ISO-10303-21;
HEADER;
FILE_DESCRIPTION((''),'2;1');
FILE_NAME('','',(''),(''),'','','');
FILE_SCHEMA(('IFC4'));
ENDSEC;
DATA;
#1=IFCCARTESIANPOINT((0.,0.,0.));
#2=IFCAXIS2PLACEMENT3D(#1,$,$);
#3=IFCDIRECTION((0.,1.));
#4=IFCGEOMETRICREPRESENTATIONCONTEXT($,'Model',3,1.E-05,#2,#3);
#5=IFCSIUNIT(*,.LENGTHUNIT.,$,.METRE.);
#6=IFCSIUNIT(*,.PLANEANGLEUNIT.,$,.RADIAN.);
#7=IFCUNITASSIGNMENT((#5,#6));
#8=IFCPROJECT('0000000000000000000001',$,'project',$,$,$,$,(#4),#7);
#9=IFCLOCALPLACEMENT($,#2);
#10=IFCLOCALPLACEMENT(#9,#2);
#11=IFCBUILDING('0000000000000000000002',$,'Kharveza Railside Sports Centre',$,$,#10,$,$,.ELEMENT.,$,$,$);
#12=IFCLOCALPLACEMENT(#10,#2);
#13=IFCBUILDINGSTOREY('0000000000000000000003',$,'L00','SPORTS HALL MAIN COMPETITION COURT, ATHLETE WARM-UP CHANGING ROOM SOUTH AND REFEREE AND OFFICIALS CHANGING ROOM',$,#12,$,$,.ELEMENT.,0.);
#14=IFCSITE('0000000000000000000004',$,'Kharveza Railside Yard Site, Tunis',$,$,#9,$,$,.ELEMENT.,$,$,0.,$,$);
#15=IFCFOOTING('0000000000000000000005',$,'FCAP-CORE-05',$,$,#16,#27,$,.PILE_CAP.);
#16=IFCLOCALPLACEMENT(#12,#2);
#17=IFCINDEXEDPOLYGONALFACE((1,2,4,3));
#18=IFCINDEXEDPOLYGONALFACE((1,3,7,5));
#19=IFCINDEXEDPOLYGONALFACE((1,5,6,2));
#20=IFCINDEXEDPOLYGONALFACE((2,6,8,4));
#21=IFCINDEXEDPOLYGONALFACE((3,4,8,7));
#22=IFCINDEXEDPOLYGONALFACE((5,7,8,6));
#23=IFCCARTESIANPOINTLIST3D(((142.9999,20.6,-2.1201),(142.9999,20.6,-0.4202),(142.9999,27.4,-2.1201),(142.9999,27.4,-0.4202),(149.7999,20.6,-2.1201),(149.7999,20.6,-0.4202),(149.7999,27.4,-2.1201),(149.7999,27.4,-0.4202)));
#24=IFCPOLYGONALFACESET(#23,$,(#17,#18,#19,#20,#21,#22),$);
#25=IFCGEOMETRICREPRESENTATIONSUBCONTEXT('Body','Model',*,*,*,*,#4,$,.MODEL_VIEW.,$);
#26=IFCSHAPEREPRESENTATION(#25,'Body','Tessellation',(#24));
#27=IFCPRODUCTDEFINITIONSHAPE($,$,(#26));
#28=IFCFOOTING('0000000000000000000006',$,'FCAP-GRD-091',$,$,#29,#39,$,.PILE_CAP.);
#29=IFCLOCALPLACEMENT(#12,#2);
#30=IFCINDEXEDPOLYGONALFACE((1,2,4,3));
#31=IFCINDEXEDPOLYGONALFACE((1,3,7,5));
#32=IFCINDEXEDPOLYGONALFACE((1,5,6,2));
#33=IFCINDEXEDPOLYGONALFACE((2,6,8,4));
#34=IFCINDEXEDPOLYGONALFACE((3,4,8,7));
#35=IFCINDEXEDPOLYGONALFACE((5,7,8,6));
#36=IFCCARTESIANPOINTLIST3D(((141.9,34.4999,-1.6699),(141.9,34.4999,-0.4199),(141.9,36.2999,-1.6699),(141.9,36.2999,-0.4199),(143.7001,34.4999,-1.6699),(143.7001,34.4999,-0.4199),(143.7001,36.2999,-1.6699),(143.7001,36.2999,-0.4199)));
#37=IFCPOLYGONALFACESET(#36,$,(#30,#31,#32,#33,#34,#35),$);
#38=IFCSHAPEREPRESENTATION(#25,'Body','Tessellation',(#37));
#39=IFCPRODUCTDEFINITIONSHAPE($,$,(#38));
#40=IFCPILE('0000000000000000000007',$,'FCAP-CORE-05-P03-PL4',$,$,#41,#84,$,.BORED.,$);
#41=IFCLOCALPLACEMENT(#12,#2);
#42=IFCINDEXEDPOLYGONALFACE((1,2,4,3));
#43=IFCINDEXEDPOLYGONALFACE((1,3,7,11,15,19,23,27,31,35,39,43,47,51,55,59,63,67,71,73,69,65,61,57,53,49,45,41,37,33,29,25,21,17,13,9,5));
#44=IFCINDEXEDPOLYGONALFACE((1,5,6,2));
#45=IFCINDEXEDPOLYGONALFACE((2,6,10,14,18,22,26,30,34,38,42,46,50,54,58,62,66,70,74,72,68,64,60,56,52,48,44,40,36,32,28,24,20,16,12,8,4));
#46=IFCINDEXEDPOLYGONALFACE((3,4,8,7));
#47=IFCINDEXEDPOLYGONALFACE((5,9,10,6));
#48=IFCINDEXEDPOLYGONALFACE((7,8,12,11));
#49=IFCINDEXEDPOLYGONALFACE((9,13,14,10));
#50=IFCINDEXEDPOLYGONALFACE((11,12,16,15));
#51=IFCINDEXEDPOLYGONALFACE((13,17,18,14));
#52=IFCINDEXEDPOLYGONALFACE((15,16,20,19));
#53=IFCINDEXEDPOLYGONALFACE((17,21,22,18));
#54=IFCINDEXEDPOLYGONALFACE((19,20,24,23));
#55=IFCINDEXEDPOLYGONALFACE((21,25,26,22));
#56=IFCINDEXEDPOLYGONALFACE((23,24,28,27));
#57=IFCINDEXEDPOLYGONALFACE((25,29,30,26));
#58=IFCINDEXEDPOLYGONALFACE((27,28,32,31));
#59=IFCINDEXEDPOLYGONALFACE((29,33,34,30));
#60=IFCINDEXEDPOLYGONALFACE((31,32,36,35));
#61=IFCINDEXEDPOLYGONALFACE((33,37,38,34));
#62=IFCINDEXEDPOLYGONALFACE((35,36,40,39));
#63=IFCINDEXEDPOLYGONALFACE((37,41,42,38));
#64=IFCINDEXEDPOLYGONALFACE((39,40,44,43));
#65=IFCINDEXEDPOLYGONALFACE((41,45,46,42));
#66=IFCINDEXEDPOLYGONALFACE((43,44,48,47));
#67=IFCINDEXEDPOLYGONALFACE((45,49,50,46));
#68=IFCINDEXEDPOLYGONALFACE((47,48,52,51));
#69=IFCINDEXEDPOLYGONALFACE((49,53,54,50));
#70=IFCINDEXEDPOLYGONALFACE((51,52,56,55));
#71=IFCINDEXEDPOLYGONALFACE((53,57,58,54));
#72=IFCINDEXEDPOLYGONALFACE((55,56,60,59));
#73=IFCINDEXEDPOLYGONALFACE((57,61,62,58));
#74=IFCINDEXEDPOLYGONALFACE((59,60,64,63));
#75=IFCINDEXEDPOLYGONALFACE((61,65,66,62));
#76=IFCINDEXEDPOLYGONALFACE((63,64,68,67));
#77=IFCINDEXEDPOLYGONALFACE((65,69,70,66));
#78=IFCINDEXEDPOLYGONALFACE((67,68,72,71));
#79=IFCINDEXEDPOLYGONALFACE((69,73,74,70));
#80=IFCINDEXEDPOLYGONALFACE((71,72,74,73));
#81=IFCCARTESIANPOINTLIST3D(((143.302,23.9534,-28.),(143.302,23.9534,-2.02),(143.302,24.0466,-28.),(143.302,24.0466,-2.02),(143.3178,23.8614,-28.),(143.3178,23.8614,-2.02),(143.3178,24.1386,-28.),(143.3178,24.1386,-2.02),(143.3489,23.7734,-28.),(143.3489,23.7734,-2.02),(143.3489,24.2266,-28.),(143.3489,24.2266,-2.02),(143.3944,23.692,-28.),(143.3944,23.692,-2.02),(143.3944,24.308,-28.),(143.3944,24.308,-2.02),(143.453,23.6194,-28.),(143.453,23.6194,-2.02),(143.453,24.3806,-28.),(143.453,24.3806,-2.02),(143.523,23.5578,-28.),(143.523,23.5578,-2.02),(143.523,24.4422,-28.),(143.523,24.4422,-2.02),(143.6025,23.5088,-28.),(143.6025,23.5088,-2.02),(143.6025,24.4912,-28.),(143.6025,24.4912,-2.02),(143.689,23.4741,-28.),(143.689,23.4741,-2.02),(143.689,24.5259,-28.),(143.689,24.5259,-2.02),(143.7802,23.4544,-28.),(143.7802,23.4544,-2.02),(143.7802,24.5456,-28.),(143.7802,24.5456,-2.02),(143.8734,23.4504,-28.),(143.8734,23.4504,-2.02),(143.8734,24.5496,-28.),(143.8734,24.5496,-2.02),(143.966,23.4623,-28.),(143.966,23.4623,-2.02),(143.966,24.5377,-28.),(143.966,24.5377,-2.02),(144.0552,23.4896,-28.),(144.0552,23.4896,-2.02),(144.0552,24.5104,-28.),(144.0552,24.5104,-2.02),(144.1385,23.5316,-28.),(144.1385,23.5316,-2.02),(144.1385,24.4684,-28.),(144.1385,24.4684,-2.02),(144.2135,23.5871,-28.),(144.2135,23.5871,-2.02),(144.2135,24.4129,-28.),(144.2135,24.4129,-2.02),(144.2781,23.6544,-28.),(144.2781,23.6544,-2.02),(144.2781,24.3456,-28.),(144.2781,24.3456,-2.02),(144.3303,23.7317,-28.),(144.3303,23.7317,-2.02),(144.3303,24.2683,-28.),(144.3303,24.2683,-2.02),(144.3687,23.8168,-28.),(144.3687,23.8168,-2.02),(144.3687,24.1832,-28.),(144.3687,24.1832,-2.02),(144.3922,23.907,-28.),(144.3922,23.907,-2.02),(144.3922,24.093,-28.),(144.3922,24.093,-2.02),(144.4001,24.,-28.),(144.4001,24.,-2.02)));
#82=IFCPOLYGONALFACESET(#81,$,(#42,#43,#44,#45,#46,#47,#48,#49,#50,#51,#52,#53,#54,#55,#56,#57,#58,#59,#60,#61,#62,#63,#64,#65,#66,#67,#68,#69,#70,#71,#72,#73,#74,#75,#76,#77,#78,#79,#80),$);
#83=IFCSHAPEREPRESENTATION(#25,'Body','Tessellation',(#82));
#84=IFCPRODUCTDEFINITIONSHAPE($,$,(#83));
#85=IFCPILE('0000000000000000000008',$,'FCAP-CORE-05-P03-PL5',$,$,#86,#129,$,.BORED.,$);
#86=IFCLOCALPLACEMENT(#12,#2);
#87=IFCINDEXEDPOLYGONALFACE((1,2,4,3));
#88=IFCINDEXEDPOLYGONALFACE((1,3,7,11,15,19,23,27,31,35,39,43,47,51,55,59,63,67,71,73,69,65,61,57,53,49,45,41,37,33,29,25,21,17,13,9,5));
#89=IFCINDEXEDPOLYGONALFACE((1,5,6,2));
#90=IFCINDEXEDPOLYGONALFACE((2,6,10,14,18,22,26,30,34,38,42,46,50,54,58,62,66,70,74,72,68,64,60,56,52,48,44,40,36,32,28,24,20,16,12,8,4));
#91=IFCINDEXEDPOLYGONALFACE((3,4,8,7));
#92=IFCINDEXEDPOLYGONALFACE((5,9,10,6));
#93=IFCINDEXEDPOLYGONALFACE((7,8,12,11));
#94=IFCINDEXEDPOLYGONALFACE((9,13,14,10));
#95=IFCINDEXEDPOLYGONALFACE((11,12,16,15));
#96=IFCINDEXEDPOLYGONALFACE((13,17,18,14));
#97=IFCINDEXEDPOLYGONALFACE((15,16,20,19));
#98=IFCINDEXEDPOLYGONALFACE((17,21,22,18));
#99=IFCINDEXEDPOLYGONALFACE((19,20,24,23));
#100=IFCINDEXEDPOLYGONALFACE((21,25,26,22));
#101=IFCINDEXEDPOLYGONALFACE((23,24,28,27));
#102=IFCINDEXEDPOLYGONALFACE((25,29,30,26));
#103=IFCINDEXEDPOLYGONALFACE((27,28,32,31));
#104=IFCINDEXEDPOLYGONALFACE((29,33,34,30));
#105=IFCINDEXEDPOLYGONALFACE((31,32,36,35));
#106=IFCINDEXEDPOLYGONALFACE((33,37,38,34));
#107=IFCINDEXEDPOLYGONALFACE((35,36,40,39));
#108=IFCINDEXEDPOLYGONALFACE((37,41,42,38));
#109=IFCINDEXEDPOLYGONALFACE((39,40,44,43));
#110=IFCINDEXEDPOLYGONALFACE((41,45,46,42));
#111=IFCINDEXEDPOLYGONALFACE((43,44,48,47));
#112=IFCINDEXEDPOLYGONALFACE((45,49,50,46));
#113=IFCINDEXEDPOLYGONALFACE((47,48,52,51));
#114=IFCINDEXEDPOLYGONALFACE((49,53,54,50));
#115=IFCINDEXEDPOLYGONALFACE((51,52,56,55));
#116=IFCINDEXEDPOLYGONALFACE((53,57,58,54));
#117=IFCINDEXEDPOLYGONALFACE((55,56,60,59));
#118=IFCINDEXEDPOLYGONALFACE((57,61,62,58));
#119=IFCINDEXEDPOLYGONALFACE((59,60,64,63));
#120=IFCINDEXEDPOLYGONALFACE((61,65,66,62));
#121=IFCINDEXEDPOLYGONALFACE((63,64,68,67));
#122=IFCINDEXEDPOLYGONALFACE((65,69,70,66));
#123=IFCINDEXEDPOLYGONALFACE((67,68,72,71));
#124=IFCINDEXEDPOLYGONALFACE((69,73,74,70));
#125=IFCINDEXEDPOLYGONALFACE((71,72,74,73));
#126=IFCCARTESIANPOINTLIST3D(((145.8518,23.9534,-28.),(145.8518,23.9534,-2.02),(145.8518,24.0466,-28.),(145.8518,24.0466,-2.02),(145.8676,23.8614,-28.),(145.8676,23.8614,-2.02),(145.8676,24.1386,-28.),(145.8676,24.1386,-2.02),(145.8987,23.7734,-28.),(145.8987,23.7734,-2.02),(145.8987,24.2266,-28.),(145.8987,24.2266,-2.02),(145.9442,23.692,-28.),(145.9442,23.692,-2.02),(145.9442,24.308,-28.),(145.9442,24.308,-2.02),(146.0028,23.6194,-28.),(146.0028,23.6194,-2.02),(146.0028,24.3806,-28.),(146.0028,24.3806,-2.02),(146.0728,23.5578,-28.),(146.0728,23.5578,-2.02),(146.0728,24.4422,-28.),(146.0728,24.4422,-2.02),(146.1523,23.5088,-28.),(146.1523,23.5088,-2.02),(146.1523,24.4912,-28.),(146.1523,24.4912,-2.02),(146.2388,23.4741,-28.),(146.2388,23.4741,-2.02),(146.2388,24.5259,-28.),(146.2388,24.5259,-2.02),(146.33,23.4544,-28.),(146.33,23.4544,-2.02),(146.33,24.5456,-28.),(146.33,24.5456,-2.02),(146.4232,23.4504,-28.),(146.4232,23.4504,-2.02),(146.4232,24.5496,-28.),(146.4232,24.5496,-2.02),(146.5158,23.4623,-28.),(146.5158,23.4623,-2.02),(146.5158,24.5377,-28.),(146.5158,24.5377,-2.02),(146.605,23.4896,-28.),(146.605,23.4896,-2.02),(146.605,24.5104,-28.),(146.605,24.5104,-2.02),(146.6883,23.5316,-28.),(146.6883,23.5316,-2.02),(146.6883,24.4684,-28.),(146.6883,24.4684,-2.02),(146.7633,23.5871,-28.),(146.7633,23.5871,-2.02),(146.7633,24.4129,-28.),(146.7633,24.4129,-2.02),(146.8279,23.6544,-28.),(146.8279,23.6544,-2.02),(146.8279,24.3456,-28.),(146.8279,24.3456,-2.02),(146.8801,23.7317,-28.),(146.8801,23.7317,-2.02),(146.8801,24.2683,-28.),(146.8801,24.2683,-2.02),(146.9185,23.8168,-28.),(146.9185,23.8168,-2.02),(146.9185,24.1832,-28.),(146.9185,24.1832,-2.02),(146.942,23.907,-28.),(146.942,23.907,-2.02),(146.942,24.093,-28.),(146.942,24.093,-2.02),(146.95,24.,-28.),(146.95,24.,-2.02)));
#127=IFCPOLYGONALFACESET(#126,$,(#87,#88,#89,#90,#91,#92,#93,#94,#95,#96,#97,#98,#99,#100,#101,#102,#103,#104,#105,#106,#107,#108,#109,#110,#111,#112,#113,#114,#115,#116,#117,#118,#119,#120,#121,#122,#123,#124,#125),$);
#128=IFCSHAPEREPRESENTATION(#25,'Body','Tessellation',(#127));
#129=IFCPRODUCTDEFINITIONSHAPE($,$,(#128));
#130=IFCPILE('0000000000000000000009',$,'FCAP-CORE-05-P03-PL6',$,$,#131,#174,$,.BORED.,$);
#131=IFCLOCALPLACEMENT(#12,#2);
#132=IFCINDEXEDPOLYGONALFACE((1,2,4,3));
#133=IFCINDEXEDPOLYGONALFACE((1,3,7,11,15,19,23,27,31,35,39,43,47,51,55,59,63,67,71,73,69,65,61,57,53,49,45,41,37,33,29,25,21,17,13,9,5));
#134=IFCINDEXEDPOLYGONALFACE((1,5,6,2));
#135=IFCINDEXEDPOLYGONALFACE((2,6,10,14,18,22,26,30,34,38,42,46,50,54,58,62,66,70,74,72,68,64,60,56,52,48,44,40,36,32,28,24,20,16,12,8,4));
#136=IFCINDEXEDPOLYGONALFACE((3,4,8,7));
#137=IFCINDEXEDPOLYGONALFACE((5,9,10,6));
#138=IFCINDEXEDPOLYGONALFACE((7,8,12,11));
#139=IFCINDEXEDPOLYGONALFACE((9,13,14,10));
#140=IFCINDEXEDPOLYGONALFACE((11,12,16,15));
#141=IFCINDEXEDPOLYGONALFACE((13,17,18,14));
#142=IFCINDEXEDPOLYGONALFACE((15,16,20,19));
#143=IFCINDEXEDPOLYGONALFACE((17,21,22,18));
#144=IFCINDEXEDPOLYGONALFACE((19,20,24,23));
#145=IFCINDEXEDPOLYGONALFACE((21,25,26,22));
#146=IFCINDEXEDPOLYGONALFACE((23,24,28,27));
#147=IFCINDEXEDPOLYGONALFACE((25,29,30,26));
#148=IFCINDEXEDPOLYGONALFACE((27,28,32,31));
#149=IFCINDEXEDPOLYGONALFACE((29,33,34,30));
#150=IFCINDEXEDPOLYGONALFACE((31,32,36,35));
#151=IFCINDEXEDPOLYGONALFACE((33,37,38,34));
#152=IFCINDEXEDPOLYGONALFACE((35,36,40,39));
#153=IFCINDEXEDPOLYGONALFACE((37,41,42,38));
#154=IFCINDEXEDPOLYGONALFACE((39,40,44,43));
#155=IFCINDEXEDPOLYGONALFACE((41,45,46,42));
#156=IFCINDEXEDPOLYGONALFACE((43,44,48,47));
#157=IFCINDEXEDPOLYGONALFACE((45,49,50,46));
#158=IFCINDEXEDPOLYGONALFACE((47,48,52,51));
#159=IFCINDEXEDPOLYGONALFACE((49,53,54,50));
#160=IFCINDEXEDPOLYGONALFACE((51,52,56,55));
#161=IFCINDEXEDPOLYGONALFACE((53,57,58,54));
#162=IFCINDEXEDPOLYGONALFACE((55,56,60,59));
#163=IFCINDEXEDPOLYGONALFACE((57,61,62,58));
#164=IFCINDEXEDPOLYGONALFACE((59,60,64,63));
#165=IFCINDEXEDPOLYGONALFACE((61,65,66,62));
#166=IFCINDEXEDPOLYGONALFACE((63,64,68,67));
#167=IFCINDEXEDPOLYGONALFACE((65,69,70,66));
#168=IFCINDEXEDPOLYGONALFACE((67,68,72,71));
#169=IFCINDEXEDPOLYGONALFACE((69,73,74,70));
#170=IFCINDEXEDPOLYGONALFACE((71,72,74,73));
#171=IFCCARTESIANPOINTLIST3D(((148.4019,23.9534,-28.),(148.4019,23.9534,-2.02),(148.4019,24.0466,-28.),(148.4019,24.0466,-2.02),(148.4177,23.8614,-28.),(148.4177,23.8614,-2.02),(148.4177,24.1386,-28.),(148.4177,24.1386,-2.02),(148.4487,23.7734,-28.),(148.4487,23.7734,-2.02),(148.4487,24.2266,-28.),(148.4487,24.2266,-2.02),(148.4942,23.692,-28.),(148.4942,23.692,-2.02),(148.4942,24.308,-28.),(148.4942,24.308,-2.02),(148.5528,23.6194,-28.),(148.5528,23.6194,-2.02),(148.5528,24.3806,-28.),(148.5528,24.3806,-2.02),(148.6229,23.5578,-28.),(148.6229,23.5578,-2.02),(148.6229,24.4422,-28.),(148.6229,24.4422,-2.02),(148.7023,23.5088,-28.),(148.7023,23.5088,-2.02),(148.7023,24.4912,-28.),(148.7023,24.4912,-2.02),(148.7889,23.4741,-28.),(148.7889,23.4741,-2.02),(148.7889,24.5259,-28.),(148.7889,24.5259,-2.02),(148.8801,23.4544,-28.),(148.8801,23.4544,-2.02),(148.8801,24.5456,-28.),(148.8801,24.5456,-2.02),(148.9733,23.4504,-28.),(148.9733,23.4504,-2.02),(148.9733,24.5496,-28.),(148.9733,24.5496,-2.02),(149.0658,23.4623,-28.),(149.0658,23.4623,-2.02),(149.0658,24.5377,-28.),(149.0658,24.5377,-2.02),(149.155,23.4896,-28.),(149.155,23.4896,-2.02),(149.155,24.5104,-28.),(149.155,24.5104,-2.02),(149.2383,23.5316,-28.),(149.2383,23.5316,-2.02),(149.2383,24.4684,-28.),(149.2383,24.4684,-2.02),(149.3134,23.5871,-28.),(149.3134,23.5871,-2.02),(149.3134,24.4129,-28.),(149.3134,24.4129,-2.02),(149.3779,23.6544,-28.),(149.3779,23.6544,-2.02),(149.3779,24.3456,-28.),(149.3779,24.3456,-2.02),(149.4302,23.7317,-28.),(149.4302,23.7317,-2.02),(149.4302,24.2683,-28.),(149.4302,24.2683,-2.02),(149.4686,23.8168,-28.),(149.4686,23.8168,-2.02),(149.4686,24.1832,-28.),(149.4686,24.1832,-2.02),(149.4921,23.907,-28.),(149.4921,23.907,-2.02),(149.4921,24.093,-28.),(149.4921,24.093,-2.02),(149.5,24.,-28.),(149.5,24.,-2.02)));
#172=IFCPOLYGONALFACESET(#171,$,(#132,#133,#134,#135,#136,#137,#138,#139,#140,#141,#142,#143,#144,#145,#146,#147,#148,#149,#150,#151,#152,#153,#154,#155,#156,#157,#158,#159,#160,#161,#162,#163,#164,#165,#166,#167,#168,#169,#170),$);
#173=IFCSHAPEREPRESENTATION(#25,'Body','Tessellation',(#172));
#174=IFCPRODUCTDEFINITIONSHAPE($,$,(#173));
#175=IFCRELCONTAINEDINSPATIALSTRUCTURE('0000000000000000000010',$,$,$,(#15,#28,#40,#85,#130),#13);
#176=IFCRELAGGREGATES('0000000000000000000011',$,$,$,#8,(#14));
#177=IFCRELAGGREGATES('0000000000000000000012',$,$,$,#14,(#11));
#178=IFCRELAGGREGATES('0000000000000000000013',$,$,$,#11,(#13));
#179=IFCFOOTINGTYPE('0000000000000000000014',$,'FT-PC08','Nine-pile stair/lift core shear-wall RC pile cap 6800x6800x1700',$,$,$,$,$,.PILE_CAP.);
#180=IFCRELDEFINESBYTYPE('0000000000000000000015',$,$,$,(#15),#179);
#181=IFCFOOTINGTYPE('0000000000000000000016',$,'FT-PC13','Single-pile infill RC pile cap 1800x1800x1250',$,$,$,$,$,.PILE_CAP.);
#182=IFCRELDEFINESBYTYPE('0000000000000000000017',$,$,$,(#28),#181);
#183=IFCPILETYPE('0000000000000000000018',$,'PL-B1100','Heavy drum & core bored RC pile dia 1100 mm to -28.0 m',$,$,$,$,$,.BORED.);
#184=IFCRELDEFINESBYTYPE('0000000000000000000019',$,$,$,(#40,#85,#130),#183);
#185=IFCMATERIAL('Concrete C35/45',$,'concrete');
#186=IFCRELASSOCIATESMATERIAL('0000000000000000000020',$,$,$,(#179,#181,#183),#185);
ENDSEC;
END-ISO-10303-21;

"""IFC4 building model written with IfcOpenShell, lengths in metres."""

from ifc_helpers import new_model, si_unit, direction, frame, origin, origin_2d, place, context, subcontext, project, spatial, rectangle, circle, extrude, material, material_profile, profile_set, type_object, element, save


model = new_model("IFC4")

# Units and contexts
model_context = context("Model", 3, precision=1e-05, world=origin(), true_north=direction((0.0, 1.0)))
body_context = subcontext(model_context, "Body", "Model", "MODEL_VIEW")
ifc_project = project(units=[si_unit("LENGTHUNIT", "METRE"), si_unit("PLANEANGLEUNIT", "RADIAN")], contexts=[model_context])

# Site, building, storey
site_placement = place(None, origin())
site = spatial("IfcSite", under=ifc_project, at=site_placement, Name="Kharveza Railside Yard Site, Tunis", CompositionType="ELEMENT", RefElevation=0.0)
building_placement = place(site_placement, origin())
building = spatial("IfcBuilding", under=site, at=building_placement, Name="Kharveza Railside Sports Centre", CompositionType="ELEMENT")
storey_placement = place(building_placement, origin())
storey = spatial("IfcBuildingStorey", under=building, at=storey_placement, Name="L00", Description="SPORTS HALL MAIN COMPETITION COURT, ATHLETE WARM-UP CHANGING ROOM SOUTH AND REFEREE AND OFFICIALS CHANGING ROOM", CompositionType="ELEMENT", Elevation=0.0)

# Footings
ifc_material_1 = material(Name="Concrete C35/45", Category="concrete")
footing_type_1 = type_object("IfcFootingType", Name="FT-PC08", Description="Nine-pile stair/lift core shear-wall RC pile cap 6800x6800x1700", PredefinedType="PILE_CAP", material=ifc_material_1)
footing_1_placement = place(storey_placement, frame((146.3999, 24.0, -2.1201), z_axis=(0.0, 0.0, 1.0), x_axis=(1.0, 0.0, 0.0)))
element("IfcFooting", 1, at=footing_1_placement, inside=storey, type_object=footing_type_1, Name="FCAP-CORE-05", PredefinedType="PILE_CAP", context=body_context, shape_type="SweptSolid", body=[
    extrude(rectangle(XDim=6.8, YDim=6.8, at=origin_2d()), origin(), (0.0, 0.0, 1.0), 1.7),
])
footing_type_2 = type_object("IfcFootingType", Name="FT-PC13", Description="Single-pile infill RC pile cap 1800x1800x1250", PredefinedType="PILE_CAP", material=ifc_material_1)
footing_2_placement = place(storey_placement, frame((142.8, 35.3999, -1.6699), z_axis=(0.0, 0.0, 1.0), x_axis=(1.0, 0.0, 0.0)))
element("IfcFooting", 2, at=footing_2_placement, inside=storey, type_object=footing_type_2, Name="FCAP-GRD-091", PredefinedType="PILE_CAP", context=body_context, shape_type="SweptSolid", body=[
    extrude(rectangle(XDim=1.8, YDim=1.8, at=origin_2d()), origin(), (0.0, 0.0, 1.0), 1.25),
])

# Piles
ifc_material_profile_1 = material_profile(ifc_material_1, circle(Radius=0.55, at=origin_2d()), Name="PILE D1100")
ifc_profile_set_1 = profile_set([ifc_material_profile_1], Name="Concrete C35/45")
pile_type_1 = type_object("IfcPileType", Name="PL-B1100", Description="Heavy drum & core bored RC pile dia 1100 mm to -28.0 m", PredefinedType="BORED", material=ifc_profile_set_1)
for number, where, z_axis, x_axis, name in (
    (3, (143.8501, 24.0, -2.02), (0.0, 0.0, -1.0), (1.0, 0.0, 0.0), "FCAP-CORE-05-P03-PL4"),
    (4, (146.3999, 24.0, -2.02), (0.0, 0.0, -1.0), (1.0, 0.0, 0.0), "FCAP-CORE-05-P03-PL5"),
    (5, (148.95, 24.0, -2.02), (0.0, 0.0, -1.0), (1.0, 0.0, 0.0), "FCAP-CORE-05-P03-PL6"),
):
    element("IfcPile", number, at=place(storey_placement, frame(where, z_axis=z_axis, x_axis=x_axis)), inside=storey, type_object=pile_type_1, Name=name, PredefinedType="BORED", context=body_context, shape_type="SweptSolid", body=[
        extrude(circle(Radius=0.55, at=origin_2d()), origin(), (0.0, 0.0, 1.0), 25.98),
    ])

save(model, "model.ifc")
